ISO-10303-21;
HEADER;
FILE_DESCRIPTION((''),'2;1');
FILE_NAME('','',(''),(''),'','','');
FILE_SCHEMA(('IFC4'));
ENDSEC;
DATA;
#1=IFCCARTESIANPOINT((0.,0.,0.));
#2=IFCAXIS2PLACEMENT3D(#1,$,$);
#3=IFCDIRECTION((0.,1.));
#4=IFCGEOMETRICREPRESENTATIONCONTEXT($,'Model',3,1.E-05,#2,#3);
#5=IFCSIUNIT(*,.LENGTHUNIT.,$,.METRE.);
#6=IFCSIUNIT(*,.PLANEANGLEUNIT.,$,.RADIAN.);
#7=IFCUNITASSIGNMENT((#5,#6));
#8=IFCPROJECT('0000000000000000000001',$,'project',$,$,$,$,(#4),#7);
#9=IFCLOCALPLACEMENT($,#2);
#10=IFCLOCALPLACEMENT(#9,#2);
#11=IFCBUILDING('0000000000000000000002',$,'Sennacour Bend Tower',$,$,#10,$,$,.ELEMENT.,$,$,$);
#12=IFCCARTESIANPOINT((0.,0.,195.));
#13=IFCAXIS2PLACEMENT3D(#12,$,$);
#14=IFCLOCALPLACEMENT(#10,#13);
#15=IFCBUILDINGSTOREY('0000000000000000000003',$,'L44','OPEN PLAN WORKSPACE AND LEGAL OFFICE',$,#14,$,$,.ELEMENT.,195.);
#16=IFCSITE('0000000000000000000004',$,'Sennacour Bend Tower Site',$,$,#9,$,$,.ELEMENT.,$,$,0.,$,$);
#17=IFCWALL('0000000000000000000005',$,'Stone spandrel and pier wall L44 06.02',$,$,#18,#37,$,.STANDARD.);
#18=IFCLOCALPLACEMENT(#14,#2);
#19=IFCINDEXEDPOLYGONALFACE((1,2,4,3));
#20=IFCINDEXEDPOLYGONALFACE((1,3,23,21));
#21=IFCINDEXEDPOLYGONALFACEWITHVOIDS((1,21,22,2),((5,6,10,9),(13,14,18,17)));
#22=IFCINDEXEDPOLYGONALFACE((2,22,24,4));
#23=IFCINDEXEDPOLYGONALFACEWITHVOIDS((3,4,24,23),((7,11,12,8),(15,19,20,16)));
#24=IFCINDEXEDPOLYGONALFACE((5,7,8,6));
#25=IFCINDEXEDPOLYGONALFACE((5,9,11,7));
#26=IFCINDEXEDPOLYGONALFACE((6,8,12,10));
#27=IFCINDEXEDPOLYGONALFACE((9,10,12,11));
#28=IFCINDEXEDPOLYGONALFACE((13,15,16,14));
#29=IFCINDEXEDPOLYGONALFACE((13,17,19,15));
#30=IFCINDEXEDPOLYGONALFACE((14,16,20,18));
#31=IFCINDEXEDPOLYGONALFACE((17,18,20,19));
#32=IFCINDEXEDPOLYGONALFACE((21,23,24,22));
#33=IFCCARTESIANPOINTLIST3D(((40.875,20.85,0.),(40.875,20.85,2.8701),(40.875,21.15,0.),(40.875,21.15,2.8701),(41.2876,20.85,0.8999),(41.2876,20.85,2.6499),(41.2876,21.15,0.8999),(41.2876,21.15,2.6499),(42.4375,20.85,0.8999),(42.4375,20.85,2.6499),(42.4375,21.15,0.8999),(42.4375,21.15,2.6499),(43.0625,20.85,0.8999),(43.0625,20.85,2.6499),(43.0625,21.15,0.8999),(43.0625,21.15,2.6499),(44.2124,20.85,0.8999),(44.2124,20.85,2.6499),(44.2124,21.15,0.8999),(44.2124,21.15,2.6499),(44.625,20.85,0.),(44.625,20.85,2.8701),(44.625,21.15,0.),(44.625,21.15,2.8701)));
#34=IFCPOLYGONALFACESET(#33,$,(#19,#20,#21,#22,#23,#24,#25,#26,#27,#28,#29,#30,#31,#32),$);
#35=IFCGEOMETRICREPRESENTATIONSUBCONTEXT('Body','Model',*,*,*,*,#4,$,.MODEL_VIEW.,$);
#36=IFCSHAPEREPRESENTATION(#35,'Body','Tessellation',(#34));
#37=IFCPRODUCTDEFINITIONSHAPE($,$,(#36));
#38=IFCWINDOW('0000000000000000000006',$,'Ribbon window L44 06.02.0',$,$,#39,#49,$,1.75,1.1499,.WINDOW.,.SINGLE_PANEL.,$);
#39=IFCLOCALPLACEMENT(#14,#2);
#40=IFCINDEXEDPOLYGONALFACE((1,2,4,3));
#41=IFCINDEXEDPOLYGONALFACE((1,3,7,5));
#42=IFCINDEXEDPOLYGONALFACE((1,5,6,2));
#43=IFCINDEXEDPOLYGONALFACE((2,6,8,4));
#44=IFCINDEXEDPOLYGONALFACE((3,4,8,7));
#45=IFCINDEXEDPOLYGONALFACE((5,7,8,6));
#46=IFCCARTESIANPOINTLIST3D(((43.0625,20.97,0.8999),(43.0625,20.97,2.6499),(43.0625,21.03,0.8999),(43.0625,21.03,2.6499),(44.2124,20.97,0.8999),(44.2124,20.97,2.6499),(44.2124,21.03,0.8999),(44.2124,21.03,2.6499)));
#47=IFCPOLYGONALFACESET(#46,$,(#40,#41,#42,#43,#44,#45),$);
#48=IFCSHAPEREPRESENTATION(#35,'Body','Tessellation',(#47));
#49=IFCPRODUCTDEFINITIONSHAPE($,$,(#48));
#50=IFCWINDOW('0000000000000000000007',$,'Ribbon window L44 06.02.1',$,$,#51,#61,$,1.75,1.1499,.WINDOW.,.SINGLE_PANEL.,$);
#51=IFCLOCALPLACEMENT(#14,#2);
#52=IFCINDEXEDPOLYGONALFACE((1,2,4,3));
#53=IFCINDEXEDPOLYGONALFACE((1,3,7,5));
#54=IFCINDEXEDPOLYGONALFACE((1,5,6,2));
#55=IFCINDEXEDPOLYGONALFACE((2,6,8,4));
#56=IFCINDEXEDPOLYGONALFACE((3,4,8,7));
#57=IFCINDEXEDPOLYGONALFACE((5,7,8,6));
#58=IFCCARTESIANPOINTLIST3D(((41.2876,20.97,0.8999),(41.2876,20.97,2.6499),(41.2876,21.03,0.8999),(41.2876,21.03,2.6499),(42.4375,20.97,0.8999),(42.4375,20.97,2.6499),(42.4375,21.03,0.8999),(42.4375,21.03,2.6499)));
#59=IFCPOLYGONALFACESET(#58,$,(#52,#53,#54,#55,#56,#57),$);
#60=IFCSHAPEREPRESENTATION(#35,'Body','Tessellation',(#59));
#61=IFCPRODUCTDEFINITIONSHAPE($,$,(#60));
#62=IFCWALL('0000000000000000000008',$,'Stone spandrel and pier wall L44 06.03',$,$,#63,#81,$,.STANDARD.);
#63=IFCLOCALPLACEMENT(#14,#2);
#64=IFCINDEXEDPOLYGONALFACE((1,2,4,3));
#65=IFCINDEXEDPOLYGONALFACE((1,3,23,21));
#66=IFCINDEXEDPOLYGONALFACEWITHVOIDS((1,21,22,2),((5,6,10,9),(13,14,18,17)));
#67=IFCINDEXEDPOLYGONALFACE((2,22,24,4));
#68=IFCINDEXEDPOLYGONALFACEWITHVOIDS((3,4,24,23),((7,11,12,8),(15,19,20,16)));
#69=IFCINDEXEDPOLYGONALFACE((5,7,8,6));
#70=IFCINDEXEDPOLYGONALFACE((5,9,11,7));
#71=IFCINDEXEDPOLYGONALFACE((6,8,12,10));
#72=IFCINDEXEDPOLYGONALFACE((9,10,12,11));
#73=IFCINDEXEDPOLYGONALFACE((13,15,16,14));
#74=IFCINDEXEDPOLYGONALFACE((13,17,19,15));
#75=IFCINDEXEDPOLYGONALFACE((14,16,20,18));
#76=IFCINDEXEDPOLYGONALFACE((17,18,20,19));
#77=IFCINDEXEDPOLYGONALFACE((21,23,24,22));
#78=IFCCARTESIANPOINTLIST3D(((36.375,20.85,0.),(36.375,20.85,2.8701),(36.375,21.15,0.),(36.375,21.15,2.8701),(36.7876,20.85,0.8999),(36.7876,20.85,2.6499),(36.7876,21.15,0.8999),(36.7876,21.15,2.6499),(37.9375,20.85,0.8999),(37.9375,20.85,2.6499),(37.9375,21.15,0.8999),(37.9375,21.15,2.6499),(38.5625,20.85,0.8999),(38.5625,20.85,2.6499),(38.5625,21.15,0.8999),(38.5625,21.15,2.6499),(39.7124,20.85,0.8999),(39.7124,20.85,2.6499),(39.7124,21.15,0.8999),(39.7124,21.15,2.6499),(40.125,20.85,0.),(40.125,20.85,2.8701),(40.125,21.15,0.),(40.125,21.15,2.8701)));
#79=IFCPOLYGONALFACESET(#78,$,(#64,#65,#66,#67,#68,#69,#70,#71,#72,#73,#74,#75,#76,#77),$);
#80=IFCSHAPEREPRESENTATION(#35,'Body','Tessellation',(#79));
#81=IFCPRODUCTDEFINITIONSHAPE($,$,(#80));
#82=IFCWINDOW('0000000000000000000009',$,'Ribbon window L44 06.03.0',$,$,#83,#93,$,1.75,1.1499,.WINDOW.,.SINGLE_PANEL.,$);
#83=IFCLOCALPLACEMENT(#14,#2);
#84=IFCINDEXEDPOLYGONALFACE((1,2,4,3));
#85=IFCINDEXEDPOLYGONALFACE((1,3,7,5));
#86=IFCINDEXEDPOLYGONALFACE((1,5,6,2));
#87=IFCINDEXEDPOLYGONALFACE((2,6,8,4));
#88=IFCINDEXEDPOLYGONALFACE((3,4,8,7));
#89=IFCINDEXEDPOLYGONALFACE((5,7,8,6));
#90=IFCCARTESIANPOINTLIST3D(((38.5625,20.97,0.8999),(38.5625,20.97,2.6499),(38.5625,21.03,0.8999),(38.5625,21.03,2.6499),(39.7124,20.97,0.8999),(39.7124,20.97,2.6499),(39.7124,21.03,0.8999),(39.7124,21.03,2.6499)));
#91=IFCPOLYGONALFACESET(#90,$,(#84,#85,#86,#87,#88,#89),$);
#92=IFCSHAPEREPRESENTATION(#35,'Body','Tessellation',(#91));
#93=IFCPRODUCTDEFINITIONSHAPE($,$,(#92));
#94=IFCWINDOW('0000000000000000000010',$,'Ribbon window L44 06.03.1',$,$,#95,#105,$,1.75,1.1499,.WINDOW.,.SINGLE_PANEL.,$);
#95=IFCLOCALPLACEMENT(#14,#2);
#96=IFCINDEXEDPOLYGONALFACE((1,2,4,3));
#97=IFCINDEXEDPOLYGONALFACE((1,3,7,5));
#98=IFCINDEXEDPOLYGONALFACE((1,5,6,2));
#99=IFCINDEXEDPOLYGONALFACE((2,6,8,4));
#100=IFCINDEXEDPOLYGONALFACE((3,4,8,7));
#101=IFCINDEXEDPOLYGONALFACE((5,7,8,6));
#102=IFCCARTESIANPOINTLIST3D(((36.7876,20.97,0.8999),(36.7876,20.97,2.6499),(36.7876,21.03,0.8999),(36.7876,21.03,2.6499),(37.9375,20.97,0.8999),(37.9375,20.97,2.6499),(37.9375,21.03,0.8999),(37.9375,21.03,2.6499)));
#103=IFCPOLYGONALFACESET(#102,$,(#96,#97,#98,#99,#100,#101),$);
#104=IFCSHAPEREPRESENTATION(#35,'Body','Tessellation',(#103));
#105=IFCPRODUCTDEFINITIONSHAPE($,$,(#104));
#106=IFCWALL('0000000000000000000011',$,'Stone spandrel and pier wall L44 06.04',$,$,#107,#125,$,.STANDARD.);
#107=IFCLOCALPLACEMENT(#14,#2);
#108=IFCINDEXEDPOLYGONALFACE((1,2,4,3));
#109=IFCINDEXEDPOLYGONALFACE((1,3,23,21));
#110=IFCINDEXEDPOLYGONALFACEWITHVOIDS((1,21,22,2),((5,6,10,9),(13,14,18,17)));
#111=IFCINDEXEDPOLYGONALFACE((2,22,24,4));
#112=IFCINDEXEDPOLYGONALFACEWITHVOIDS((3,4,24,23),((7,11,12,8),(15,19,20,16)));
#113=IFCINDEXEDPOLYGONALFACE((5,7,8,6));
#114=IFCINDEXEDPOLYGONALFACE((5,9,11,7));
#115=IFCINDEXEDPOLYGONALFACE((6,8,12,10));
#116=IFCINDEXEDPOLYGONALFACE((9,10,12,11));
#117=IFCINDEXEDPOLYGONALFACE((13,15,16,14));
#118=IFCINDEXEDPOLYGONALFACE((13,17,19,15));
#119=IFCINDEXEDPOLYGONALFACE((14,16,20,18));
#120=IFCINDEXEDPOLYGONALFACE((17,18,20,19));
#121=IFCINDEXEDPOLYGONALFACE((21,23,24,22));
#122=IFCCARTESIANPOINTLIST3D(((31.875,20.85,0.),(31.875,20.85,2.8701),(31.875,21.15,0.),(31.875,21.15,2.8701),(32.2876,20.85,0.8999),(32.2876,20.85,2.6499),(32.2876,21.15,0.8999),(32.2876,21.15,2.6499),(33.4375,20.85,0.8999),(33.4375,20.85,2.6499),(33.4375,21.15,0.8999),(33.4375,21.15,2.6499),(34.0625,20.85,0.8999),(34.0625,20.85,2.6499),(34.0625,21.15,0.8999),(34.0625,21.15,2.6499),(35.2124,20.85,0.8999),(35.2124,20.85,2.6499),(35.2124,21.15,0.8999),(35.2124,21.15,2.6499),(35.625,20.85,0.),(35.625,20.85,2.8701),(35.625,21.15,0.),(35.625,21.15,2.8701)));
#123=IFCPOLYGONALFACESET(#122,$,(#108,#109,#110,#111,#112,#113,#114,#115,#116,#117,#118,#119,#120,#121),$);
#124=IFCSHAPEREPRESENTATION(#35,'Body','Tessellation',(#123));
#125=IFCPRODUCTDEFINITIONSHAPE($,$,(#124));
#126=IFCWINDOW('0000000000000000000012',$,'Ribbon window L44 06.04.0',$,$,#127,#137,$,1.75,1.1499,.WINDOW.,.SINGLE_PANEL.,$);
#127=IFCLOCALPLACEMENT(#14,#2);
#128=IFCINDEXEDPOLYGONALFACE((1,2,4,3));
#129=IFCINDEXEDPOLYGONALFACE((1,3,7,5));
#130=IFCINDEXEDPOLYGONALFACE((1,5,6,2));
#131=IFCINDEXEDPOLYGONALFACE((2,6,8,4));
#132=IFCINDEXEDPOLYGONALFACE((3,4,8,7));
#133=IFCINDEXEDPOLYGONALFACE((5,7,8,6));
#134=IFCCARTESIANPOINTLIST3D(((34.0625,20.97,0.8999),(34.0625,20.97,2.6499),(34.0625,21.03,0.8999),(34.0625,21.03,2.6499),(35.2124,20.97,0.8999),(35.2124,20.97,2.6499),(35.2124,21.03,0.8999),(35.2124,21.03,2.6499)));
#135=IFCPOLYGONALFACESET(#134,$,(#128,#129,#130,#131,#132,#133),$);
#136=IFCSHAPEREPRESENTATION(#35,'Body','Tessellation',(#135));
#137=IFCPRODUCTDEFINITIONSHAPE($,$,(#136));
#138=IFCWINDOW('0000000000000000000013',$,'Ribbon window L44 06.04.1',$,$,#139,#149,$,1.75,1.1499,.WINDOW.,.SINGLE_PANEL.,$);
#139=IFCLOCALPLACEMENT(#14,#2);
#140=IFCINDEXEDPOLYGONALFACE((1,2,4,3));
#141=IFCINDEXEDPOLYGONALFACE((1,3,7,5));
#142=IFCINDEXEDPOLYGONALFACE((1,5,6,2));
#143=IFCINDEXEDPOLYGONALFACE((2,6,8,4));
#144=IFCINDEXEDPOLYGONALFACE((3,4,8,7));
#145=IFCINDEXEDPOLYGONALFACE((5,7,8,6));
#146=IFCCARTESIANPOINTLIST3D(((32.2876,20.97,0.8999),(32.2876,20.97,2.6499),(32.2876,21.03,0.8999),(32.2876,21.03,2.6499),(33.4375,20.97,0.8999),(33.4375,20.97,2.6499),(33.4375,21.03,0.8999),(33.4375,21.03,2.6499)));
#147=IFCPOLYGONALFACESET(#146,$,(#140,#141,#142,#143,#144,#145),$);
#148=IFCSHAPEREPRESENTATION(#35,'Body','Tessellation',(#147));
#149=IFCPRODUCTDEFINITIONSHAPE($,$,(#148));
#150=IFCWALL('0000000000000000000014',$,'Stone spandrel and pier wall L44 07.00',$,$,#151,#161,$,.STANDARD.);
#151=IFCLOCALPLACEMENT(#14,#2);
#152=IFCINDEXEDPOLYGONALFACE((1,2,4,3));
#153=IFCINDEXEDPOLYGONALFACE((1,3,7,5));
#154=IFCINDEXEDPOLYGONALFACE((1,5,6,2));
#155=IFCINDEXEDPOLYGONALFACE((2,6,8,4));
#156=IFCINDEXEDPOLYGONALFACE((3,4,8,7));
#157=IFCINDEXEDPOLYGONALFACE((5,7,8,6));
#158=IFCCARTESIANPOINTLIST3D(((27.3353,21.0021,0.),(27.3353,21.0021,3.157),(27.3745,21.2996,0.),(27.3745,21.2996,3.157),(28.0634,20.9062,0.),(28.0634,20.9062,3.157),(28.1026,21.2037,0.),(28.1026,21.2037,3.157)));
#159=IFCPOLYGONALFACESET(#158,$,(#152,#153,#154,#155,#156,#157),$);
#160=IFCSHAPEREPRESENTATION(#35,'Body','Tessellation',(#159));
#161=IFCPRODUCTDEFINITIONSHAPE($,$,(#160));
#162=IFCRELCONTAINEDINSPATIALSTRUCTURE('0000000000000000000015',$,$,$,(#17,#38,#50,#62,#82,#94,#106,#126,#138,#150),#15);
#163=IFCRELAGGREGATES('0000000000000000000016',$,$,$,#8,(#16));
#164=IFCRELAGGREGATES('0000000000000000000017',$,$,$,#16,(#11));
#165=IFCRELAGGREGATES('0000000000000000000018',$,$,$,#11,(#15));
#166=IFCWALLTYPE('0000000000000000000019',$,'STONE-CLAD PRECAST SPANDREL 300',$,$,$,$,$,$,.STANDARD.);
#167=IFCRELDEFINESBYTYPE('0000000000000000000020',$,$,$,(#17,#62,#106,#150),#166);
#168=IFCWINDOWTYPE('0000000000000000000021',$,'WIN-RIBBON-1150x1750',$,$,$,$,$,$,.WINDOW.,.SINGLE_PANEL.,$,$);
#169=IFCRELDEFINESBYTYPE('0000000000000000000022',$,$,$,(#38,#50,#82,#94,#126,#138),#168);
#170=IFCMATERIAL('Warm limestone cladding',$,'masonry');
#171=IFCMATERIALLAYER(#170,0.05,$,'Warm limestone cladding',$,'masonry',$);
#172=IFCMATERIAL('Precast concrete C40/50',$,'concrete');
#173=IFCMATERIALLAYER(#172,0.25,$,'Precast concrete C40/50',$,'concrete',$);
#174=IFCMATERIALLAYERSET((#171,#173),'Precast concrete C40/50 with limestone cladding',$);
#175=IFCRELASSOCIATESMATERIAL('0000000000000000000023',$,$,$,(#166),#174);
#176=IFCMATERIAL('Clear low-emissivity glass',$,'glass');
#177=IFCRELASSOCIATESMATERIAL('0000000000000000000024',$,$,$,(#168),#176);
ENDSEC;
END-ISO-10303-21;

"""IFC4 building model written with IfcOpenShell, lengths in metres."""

from ifc_helpers import new_model, si_unit, direction, frame, frame_2d, origin, place, context, subcontext, project, spatial, rectangle, extrude, material, layer, layer_set, type_object, element, fill, save


model = new_model("IFC4")

# Units and contexts
model_context = context("Model", 3, precision=1e-05, world=origin(), true_north=direction((0.0, 1.0)))
body_context = subcontext(model_context, "Body", "Model", "MODEL_VIEW")
ifc_project = project(units=[si_unit("LENGTHUNIT", "METRE"), si_unit("PLANEANGLEUNIT", "RADIAN")], contexts=[model_context])

# Site, building, storey
site_placement = place(None, origin())
site = spatial("IfcSite", under=ifc_project, at=site_placement, Name="Sennacour Bend Tower Site", CompositionType="ELEMENT", RefElevation=0.0)
building_placement = place(site_placement, origin())
building = spatial("IfcBuilding", under=site, at=building_placement, Name="Sennacour Bend Tower", CompositionType="ELEMENT")
storey_placement = place(building_placement, frame((0.0, 0.0, 195.0)))
storey = spatial("IfcBuildingStorey", under=building, at=storey_placement, Name="L44", Description="OPEN PLAN WORKSPACE AND LEGAL OFFICE", CompositionType="ELEMENT", Elevation=195.0)

# Walls, openings, windows
ifc_material_1 = material(Name="Warm limestone cladding", Category="masonry")
ifc_layer_1 = layer(ifc_material_1, 0.05, Name="Warm limestone cladding", Category="masonry")
ifc_material_2 = material(Name="Precast concrete C40/50", Category="concrete")
ifc_layer_2 = layer(ifc_material_2, 0.25, Name="Precast concrete C40/50", Category="concrete")
ifc_layer_set = layer_set([ifc_layer_1, ifc_layer_2], Name="Precast concrete C40/50 with limestone cladding")
wall_type = type_object("IfcWallType", Name="STONE-CLAD PRECAST SPANDREL 300", PredefinedType="STANDARD", material=ifc_layer_set)
wall_1_placement = place(storey_placement, frame((44.625, 21.0, 0.0), z_axis=(0.0, 0.0, 1.0), x_axis=(-1.0, 0.0, 0.0)))
wall_1 = element("IfcWall", 1, at=wall_1_placement, inside=storey, type_object=wall_type, Name="Stone spandrel and pier wall L44 06.02", PredefinedType="STANDARD", context=body_context, shape_type="SweptSolid", body=[
    extrude(rectangle(XDim=3.75, YDim=0.3, at=frame_2d((1.875, 0.0))), origin(), (0.0, 0.0, 1.0), 2.8701),
])
opening_1_placement = place(wall_1_placement, frame((0.4126, 0.0, 0.8999)))
opening_1 = element("IfcOpeningElement", 2, at=opening_1_placement, cuts=wall_1, PredefinedType="OPENING", context=body_context, shape_type="SweptSolid", body=[
    extrude(rectangle(XDim=1.1499, YDim=1.75, at=frame_2d((0.575, 0.875))), frame((0.0, 0.1602, 0.0), z_axis=(0.0, -1.0, 0.0), x_axis=(1.0, 0.0, 0.0)), (0.0, 0.0, 1.0), 0.3201),
])
opening_2_placement = place(wall_1_placement, frame((2.1875, 0.0, 0.8999)))
opening_2 = element("IfcOpeningElement", 3, at=opening_2_placement, cuts=wall_1, PredefinedType="OPENING", context=body_context, shape_type="SweptSolid", body=[
    extrude(rectangle(XDim=1.1499, YDim=1.75, at=frame_2d((0.575, 0.875))), frame((0.0, 0.1602, 0.0), z_axis=(0.0, -1.0, 0.0), x_axis=(1.0, 0.0, 0.0)), (0.0, 0.0, 1.0), 0.3201),
])
ifc_material_3 = material(Name="Clear low-emissivity glass", Category="glass")
window_type = type_object("IfcWindowType", Name="WIN-RIBBON-1150x1750", PartitioningType="SINGLE_PANEL", PredefinedType="WINDOW", material=ifc_material_3)
window_1_placement = place(opening_1_placement, origin())
window_1 = element("IfcWindow", 4, at=window_1_placement, inside=storey, type_object=window_type, Name="Ribbon window L44 06.02.0", OverallHeight=1.75, OverallWidth=1.1499, PartitioningType="SINGLE_PANEL", PredefinedType="WINDOW", context=body_context, shape_type="SweptSolid", body=[
    extrude(rectangle(XDim=1.1499, YDim=1.75, at=frame_2d((0.575, 0.875))), frame((0.0, 0.03, 0.0), z_axis=(0.0, -1.0, 0.0), x_axis=(1.0, 0.0, 0.0)), (0.0, 0.0, 1.0), 0.0601),
])
fill(opening_1, window_1)
window_2_placement = place(opening_2_placement, origin())
window_2 = element("IfcWindow", 5, at=window_2_placement, inside=storey, type_object=window_type, Name="Ribbon window L44 06.02.1", OverallHeight=1.75, OverallWidth=1.1499, PartitioningType="SINGLE_PANEL", PredefinedType="WINDOW", context=body_context, shape_type="SweptSolid", body=[
    extrude(rectangle(XDim=1.1499, YDim=1.75, at=frame_2d((0.575, 0.875))), frame((0.0, 0.03, 0.0), z_axis=(0.0, -1.0, 0.0), x_axis=(1.0, 0.0, 0.0)), (0.0, 0.0, 1.0), 0.0601),
])
fill(opening_2, window_2)
wall_2_placement = place(storey_placement, frame((40.125, 21.0, 0.0), z_axis=(0.0, 0.0, 1.0), x_axis=(-1.0, 0.0, 0.0)))
wall_2 = element("IfcWall", 6, at=wall_2_placement, inside=storey, type_object=wall_type, Name="Stone spandrel and pier wall L44 06.03", PredefinedType="STANDARD", context=body_context, shape_type="SweptSolid", body=[
    extrude(rectangle(XDim=3.75, YDim=0.3, at=frame_2d((1.875, 0.0))), origin(), (0.0, 0.0, 1.0), 2.8701),
])
opening_3_placement = place(wall_2_placement, frame((0.4126, 0.0, 0.8999)))
opening_3 = element("IfcOpeningElement", 7, at=opening_3_placement, cuts=wall_2, PredefinedType="OPENING", context=body_context, shape_type="SweptSolid", body=[
    extrude(rectangle(XDim=1.1499, YDim=1.75, at=frame_2d((0.575, 0.875))), frame((0.0, 0.1602, 0.0), z_axis=(0.0, -1.0, 0.0), x_axis=(1.0, 0.0, 0.0)), (0.0, 0.0, 1.0), 0.3201),
])
opening_4_placement = place(wall_2_placement, frame((2.1875, 0.0, 0.8999)))
opening_4 = element("IfcOpeningElement", 8, at=opening_4_placement, cuts=wall_2, PredefinedType="OPENING", context=body_context, shape_type="SweptSolid", body=[
    extrude(rectangle(XDim=1.1499, YDim=1.75, at=frame_2d((0.575, 0.875))), frame((0.0, 0.1602, 0.0), z_axis=(0.0, -1.0, 0.0), x_axis=(1.0, 0.0, 0.0)), (0.0, 0.0, 1.0), 0.3201),
])
window_3_placement = place(opening_3_placement, origin())
window_3 = element("IfcWindow", 9, at=window_3_placement, inside=storey, type_object=window_type, Name="Ribbon window L44 06.03.0", OverallHeight=1.75, OverallWidth=1.1499, PartitioningType="SINGLE_PANEL", PredefinedType="WINDOW", context=body_context, shape_type="SweptSolid", body=[
    extrude(rectangle(XDim=1.1499, YDim=1.75, at=frame_2d((0.575, 0.875))), frame((0.0, 0.03, 0.0), z_axis=(0.0, -1.0, 0.0), x_axis=(1.0, 0.0, 0.0)), (0.0, 0.0, 1.0), 0.0601),
])
fill(opening_3, window_3)
window_4_placement = place(opening_4_placement, origin())
window_4 = element("IfcWindow", 10, at=window_4_placement, inside=storey, type_object=window_type, Name="Ribbon window L44 06.03.1", OverallHeight=1.75, OverallWidth=1.1499, PartitioningType="SINGLE_PANEL", PredefinedType="WINDOW", context=body_context, shape_type="SweptSolid", body=[
    extrude(rectangle(XDim=1.1499, YDim=1.75, at=frame_2d((0.575, 0.875))), frame((0.0, 0.03, 0.0), z_axis=(0.0, -1.0, 0.0), x_axis=(1.0, 0.0, 0.0)), (0.0, 0.0, 1.0), 0.0601),
])
fill(opening_4, window_4)
wall_3_placement = place(storey_placement, frame((35.625, 21.0, 0.0), z_axis=(0.0, 0.0, 1.0), x_axis=(-1.0, 0.0, 0.0)))
wall_3 = element("IfcWall", 11, at=wall_3_placement, inside=storey, type_object=wall_type, Name="Stone spandrel and pier wall L44 06.04", PredefinedType="STANDARD", context=body_context, shape_type="SweptSolid", body=[
    extrude(rectangle(XDim=3.75, YDim=0.3, at=frame_2d((1.875, 0.0))), origin(), (0.0, 0.0, 1.0), 2.8701),
])
opening_5_placement = place(wall_3_placement, frame((0.4126, 0.0, 0.8999)))
opening_5 = element("IfcOpeningElement", 12, at=opening_5_placement, cuts=wall_3, PredefinedType="OPENING", context=body_context, shape_type="SweptSolid", body=[
    extrude(rectangle(XDim=1.1499, YDim=1.75, at=frame_2d((0.575, 0.875))), frame((0.0, 0.1602, 0.0), z_axis=(0.0, -1.0, 0.0), x_axis=(1.0, 0.0, 0.0)), (0.0, 0.0, 1.0), 0.3201),
])
opening_6_placement = place(wall_3_placement, frame((2.1875, 0.0, 0.8999)))
opening_6 = element("IfcOpeningElement", 13, at=opening_6_placement, cuts=wall_3, PredefinedType="OPENING", context=body_context, shape_type="SweptSolid", body=[
    extrude(rectangle(XDim=1.1499, YDim=1.75, at=frame_2d((0.575, 0.875))), frame((0.0, 0.1602, 0.0), z_axis=(0.0, -1.0, 0.0), x_axis=(1.0, 0.0, 0.0)), (0.0, 0.0, 1.0), 0.3201),
])
window_5_placement = place(opening_5_placement, origin())
window_5 = element("IfcWindow", 14, at=window_5_placement, inside=storey, type_object=window_type, Name="Ribbon window L44 06.04.0", OverallHeight=1.75, OverallWidth=1.1499, PartitioningType="SINGLE_PANEL", PredefinedType="WINDOW", context=body_context, shape_type="SweptSolid", body=[
    extrude(rectangle(XDim=1.1499, YDim=1.75, at=frame_2d((0.575, 0.875))), frame((0.0, 0.03, 0.0), z_axis=(0.0, -1.0, 0.0), x_axis=(1.0, 0.0, 0.0)), (0.0, 0.0, 1.0), 0.0601),
])
fill(opening_5, window_5)
window_6_placement = place(opening_6_placement, origin())
window_6 = element("IfcWindow", 15, at=window_6_placement, inside=storey, type_object=window_type, Name="Ribbon window L44 06.04.1", OverallHeight=1.75, OverallWidth=1.1499, PartitioningType="SINGLE_PANEL", PredefinedType="WINDOW", context=body_context, shape_type="SweptSolid", body=[
    extrude(rectangle(XDim=1.1499, YDim=1.75, at=frame_2d((0.575, 0.875))), frame((0.0, 0.03, 0.0), z_axis=(0.0, -1.0, 0.0), x_axis=(1.0, 0.0, 0.0)), (0.0, 0.0, 1.0), 0.0601),
])
fill(opening_6, window_6)

# Wall
wall_4_placement = place(storey_placement, frame((28.083, 21.0549, 0.0), z_axis=(0.0, 0.0, 1.0), x_axis=(-0.991427, 0.130661, 0.0)))
element("IfcWall", 16, at=wall_4_placement, inside=storey, type_object=wall_type, Name="Stone spandrel and pier wall L44 07.00", PredefinedType="STANDARD", context=body_context, shape_type="SweptSolid", body=[
    extrude(rectangle(XDim=0.7344, YDim=0.3, at=frame_2d((0.3672, 0.0))), origin(), (0.0, 0.0, 1.0), 3.157),
])

save(model, "model.ifc")
